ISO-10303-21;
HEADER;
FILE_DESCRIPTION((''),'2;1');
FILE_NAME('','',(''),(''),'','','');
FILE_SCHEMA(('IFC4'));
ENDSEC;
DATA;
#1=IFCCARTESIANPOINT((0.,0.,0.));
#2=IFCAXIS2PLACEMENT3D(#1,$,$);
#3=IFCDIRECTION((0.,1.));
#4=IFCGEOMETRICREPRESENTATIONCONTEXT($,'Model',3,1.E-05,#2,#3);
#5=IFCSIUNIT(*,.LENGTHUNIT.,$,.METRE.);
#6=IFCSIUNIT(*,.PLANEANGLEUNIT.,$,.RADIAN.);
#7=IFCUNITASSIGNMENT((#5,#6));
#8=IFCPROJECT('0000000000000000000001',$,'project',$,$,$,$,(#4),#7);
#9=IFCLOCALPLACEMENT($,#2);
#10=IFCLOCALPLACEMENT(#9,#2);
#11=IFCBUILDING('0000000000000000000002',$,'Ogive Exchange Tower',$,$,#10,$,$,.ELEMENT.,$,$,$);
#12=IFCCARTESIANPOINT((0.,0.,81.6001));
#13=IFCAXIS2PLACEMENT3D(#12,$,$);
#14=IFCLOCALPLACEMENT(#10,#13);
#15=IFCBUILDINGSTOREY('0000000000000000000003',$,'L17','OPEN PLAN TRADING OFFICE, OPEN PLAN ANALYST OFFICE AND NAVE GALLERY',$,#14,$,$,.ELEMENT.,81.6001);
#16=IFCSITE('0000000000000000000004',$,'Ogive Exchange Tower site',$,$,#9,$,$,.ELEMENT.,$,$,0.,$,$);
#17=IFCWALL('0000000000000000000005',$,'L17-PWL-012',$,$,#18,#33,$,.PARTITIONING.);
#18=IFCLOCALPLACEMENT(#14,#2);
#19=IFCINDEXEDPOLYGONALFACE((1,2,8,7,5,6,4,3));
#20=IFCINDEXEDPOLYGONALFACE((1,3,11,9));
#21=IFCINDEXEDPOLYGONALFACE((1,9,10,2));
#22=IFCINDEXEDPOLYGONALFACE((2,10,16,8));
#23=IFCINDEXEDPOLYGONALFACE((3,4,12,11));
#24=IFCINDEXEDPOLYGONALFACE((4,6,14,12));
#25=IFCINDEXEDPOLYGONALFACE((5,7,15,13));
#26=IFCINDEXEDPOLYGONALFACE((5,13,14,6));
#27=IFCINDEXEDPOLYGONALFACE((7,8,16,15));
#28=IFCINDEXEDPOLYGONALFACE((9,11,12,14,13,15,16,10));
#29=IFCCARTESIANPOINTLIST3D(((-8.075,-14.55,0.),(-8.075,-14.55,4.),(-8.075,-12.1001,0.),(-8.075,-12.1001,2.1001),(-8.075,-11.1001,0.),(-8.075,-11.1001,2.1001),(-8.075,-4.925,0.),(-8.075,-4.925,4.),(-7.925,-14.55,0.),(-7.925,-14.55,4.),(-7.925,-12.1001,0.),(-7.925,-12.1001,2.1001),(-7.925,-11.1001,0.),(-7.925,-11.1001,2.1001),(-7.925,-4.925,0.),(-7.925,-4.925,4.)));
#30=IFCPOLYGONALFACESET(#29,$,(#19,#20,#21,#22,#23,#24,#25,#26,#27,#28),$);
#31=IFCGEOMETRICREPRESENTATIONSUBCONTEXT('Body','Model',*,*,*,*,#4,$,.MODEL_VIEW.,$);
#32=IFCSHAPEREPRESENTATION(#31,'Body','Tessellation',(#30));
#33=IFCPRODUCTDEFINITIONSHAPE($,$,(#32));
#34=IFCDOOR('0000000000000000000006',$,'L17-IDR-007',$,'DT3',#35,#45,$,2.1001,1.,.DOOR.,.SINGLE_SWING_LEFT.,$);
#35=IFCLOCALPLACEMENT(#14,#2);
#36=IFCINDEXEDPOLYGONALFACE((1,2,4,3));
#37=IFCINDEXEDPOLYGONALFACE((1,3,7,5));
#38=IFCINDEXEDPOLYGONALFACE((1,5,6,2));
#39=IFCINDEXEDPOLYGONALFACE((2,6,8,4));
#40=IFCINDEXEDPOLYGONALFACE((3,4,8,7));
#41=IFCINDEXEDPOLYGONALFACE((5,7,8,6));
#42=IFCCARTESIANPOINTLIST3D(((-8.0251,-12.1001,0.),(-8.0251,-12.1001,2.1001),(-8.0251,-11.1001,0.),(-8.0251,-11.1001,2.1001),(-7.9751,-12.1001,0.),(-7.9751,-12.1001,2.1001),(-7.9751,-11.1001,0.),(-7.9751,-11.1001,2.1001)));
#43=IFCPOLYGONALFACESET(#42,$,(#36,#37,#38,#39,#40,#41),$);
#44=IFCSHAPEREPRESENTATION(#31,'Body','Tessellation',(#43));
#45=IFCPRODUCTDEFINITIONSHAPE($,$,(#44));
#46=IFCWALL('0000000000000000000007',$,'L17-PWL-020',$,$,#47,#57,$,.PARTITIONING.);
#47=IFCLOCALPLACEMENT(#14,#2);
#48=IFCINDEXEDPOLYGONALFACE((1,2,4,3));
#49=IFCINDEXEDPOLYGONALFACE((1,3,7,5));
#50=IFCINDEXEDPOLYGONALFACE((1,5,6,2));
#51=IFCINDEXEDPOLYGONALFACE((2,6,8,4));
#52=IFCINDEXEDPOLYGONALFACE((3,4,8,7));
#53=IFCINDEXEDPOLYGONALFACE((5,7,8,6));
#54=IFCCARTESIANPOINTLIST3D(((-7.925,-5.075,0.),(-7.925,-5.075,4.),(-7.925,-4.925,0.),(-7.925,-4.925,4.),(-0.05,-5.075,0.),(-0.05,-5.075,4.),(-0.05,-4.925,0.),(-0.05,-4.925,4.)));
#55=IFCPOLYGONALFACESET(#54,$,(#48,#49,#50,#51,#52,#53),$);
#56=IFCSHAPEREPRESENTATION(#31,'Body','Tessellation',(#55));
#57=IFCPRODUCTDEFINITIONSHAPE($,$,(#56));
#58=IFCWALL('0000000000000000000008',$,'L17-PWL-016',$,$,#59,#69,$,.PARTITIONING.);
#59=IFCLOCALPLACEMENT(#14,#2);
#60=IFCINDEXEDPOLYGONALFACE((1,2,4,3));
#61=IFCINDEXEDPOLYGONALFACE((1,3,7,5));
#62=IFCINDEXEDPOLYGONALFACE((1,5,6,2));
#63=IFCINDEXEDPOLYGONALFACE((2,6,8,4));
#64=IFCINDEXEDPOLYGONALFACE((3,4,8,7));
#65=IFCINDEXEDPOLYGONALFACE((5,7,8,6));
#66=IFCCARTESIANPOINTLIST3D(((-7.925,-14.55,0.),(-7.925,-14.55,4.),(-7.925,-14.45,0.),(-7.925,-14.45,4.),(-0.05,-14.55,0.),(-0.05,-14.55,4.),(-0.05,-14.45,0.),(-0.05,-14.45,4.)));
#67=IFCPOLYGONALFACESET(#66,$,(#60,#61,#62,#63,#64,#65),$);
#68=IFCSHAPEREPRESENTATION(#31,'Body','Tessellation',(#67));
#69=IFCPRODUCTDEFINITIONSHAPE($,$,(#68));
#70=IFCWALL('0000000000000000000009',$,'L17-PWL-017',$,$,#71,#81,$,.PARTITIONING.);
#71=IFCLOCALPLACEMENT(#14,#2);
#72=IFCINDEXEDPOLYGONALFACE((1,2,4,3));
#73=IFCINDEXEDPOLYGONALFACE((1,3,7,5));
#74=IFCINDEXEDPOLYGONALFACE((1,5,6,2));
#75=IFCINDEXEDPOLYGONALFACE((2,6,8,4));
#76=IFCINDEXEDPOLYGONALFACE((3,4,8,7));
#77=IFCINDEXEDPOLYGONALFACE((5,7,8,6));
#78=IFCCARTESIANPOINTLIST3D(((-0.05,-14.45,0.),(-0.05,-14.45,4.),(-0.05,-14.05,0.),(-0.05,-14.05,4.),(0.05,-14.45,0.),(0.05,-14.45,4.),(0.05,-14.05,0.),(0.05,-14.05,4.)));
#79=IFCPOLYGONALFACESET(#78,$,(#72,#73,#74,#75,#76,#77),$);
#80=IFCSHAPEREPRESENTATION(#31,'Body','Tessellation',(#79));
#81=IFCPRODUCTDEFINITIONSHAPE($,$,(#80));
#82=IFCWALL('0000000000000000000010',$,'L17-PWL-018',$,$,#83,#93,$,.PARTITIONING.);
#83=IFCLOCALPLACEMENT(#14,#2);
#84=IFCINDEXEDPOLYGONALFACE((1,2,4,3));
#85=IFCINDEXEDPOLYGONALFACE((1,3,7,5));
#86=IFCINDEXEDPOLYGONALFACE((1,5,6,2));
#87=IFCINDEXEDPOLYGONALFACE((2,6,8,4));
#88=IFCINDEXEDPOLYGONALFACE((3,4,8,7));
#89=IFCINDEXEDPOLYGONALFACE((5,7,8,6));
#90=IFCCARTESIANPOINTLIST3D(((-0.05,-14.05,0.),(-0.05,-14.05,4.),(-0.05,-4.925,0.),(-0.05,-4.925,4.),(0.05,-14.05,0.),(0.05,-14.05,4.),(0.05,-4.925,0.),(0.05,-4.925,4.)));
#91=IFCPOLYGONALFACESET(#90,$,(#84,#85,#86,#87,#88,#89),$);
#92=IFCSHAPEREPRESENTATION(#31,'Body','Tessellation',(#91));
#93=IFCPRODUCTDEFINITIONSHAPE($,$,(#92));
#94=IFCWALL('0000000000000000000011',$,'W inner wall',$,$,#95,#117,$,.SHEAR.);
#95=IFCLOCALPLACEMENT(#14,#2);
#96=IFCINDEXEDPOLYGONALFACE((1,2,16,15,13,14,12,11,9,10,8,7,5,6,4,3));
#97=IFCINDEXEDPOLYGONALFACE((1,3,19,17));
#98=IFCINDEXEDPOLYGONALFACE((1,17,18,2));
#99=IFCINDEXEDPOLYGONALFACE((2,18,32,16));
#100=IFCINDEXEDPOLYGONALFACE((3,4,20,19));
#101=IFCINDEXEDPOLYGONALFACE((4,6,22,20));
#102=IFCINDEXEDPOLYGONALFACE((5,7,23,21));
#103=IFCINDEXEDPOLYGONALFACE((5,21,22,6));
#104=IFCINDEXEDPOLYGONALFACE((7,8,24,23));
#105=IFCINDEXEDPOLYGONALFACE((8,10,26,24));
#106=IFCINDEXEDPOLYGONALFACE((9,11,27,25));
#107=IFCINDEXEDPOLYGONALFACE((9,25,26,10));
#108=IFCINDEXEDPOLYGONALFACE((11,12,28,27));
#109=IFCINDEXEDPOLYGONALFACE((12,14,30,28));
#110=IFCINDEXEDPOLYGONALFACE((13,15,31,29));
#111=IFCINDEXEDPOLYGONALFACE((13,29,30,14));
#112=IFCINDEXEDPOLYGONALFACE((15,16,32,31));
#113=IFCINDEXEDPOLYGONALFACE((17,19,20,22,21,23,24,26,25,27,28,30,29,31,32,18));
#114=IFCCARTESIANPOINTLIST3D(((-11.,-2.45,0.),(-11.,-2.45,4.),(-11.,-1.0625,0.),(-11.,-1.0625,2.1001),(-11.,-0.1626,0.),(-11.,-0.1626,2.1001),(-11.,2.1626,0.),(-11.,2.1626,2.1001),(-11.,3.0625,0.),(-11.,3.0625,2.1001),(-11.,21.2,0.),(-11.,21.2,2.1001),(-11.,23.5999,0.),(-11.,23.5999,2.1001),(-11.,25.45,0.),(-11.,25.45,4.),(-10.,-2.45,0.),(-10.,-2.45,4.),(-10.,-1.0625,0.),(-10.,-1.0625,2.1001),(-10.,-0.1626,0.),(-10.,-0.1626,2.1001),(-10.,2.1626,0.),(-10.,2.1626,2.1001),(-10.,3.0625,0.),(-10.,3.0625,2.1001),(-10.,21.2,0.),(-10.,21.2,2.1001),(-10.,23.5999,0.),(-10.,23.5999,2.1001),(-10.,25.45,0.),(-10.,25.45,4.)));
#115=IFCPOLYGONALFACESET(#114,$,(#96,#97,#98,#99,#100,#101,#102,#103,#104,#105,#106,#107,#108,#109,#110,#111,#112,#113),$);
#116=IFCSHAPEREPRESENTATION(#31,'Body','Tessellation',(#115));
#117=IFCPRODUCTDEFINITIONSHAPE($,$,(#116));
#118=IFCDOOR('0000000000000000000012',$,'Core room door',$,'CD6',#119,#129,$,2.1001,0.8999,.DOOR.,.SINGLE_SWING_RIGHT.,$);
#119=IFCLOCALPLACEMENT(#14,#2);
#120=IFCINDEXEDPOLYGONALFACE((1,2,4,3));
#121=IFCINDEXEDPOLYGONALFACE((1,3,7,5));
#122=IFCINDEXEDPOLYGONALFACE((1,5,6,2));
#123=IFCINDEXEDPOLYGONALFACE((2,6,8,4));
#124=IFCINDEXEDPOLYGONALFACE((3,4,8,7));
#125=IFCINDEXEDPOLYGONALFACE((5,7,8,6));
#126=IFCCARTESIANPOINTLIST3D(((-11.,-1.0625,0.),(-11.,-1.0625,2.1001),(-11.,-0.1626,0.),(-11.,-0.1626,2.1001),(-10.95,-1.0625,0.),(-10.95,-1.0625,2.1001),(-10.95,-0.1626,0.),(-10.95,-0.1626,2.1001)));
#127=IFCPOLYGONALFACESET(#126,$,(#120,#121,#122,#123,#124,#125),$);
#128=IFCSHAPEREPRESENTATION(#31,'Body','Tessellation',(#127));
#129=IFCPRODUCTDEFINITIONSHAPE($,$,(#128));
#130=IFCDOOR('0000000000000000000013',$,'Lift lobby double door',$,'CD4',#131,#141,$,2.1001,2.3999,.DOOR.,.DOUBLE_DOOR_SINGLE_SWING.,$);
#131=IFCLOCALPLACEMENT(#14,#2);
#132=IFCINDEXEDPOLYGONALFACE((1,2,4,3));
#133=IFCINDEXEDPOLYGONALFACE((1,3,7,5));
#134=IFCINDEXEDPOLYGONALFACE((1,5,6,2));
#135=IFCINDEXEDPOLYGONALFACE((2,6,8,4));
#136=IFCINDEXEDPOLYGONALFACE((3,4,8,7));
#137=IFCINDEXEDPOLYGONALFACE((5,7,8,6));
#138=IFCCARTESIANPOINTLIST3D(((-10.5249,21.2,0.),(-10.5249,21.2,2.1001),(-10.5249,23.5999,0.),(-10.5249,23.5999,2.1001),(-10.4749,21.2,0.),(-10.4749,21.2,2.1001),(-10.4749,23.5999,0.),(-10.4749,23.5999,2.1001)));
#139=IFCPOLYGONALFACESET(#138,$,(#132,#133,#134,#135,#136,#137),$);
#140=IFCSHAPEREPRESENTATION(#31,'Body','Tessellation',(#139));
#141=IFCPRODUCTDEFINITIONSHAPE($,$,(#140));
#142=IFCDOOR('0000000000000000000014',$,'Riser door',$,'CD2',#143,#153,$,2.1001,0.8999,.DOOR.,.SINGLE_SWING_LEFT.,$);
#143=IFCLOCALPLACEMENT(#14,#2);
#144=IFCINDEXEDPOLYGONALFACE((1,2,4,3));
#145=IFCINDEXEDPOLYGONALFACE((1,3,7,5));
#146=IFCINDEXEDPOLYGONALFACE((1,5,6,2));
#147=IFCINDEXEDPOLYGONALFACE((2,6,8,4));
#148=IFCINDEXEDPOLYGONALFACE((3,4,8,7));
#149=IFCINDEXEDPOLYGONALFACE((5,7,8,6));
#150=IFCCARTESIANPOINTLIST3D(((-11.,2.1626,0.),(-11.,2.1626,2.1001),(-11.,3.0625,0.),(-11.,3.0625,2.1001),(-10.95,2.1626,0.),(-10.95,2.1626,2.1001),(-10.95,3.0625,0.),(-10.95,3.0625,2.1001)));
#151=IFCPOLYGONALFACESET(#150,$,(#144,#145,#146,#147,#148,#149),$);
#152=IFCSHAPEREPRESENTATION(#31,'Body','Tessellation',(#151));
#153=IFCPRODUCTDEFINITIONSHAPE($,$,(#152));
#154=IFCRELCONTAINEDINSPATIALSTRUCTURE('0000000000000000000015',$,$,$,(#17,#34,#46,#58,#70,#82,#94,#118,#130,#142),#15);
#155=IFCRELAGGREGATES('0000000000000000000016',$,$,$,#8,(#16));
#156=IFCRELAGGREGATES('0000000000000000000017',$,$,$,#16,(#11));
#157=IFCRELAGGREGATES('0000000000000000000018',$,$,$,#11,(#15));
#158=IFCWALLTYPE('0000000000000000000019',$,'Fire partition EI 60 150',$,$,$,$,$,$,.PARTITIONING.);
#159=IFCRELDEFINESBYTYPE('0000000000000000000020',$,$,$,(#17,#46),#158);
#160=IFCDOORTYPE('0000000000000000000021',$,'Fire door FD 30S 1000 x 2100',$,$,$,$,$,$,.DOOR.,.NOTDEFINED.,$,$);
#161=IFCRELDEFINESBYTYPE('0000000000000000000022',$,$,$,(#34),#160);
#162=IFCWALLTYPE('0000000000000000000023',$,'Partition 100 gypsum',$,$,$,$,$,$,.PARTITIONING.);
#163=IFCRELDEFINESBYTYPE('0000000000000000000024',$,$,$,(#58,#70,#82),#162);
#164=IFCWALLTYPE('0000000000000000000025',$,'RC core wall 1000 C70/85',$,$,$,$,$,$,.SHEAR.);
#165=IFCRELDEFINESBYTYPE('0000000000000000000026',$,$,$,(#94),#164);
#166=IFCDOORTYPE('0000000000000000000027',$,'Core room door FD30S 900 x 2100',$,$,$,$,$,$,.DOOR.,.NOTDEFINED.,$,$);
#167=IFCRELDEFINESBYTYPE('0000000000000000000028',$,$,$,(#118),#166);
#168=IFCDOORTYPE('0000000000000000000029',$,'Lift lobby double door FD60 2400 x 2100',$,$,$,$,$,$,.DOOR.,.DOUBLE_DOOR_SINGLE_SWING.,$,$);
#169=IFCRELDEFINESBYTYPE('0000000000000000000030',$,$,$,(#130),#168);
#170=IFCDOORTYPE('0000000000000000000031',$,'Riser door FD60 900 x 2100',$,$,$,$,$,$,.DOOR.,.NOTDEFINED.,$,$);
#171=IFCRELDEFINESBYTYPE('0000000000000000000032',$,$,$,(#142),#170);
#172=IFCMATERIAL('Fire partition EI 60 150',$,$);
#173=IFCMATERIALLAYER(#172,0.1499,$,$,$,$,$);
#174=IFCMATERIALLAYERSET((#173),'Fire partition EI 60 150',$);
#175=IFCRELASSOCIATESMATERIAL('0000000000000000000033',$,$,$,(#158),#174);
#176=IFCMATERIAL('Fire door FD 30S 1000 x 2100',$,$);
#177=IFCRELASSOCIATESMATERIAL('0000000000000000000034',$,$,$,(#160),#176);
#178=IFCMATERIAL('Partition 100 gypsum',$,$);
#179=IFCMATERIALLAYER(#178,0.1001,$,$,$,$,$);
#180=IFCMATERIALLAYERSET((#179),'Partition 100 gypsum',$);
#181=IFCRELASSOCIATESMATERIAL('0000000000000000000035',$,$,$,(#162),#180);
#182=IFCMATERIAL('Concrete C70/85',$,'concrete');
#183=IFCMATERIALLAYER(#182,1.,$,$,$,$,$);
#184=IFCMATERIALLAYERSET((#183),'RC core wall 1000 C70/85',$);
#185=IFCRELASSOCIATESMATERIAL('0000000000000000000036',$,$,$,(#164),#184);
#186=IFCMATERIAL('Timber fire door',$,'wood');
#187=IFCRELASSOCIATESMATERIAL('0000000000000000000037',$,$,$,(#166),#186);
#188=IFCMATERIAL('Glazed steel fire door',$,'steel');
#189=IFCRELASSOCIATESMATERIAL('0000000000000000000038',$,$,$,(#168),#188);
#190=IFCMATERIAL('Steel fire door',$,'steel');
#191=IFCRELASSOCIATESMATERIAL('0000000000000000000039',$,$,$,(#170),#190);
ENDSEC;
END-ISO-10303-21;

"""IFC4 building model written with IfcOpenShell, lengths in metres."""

from ifc_helpers import new_model, si_unit, direction, frame, frame_2d, origin, place, context, subcontext, project, spatial, rectangle, extrude, material, layer, layer_set, type_object, element, fill, save


model = new_model("IFC4")

# Units and contexts
model_context = context("Model", 3, precision=1e-05, world=origin(), true_north=direction((0.0, 1.0)))
body_context = subcontext(model_context, "Body", "Model", "MODEL_VIEW")
ifc_project = project(units=[si_unit("LENGTHUNIT", "METRE"), si_unit("PLANEANGLEUNIT", "RADIAN")], contexts=[model_context])

# Site, building, storey
site_placement = place(None, origin())
site = spatial("IfcSite", under=ifc_project, at=site_placement, Name="Ogive Exchange Tower site", CompositionType="ELEMENT", RefElevation=0.0)
building_placement = place(site_placement, origin())
building = spatial("IfcBuilding", under=site, at=building_placement, Name="Ogive Exchange Tower", CompositionType="ELEMENT")
storey_placement = place(building_placement, frame((0.0, 0.0, 81.6001)))
storey = spatial("IfcBuildingStorey", under=building, at=storey_placement, Name="L17", Description="OPEN PLAN TRADING OFFICE, OPEN PLAN ANALYST OFFICE AND NAVE GALLERY", CompositionType="ELEMENT", Elevation=81.6001)

# Wall, opening, door
ifc_material_1 = material(Name="Fire partition EI 60 150")
ifc_layer_1 = layer(ifc_material_1, 0.1499)
ifc_layer_set_1 = layer_set([ifc_layer_1], Name="Fire partition EI 60 150")
wall_type_1 = type_object("IfcWallType", Name="Fire partition EI 60 150", PredefinedType="PARTITIONING", material=ifc_layer_set_1)
wall_1_placement = place(storey_placement, frame((-8.0, -4.925, 0.0), z_axis=(0.0, 0.0, 1.0), x_axis=(0.0, -1.0, 0.0)))
wall_1 = element("IfcWall", 1, at=wall_1_placement, inside=storey, type_object=wall_type_1, Name="L17-PWL-012", PredefinedType="PARTITIONING", context=body_context, shape_type="SweptSolid", body=[
    extrude(rectangle(XDim=9.625, YDim=0.1499, at=frame_2d((4.8125, 0.0))), origin(), (0.0, 0.0, 1.0), 4.0),
])
opening_1_placement = place(wall_1_placement, frame((6.175, 0.0, 0.0)))
opening_1 = element("IfcOpeningElement", 2, at=opening_1_placement, cuts=wall_1, PredefinedType="OPENING", context=body_context, shape_type="SweptSolid", body=[
    extrude(rectangle(XDim=1.0, YDim=2.1001, at=frame_2d((0.5, 1.05))), frame((0.0, 0.085, 0.0), z_axis=(0.0, -1.0, 0.0), x_axis=(1.0, 0.0, 0.0)), (0.0, 0.0, 1.0), 0.1699),
])
ifc_material_2 = material(Name="Fire door FD 30S 1000 x 2100")
door_type_1 = type_object("IfcDoorType", Name="Fire door FD 30S 1000 x 2100", OperationType="NOTDEFINED", PredefinedType="DOOR", material=ifc_material_2)
door_1_placement = place(opening_1_placement, origin())
door_1 = element("IfcDoor", 3, at=door_1_placement, inside=storey, type_object=door_type_1, Name="L17-IDR-007", ObjectType="DT3", OperationType="SINGLE_SWING_LEFT", OverallHeight=2.1001, OverallWidth=1.0, PredefinedType="DOOR", context=body_context, shape_type="SweptSolid", body=[
    extrude(rectangle(XDim=1.0, YDim=2.1001, at=frame_2d((0.5, 1.05))), frame((0.0, 0.0249, 0.0), z_axis=(0.0, -1.0, 0.0), x_axis=(1.0, 0.0, 0.0)), (0.0, 0.0, 1.0), 0.05),
])
fill(opening_1, door_1)

# Walls
wall_2_placement = place(storey_placement, frame((-0.05, -5.0, 0.0), z_axis=(0.0, 0.0, 1.0), x_axis=(-1.0, 0.0, 0.0)))
element("IfcWall", 4, at=wall_2_placement, inside=storey, type_object=wall_type_1, Name="L17-PWL-020", PredefinedType="PARTITIONING", context=body_context, shape_type="SweptSolid", body=[
    extrude(rectangle(XDim=7.875, YDim=0.1499, at=frame_2d((3.9375, 0.0))), origin(), (0.0, 0.0, 1.0), 4.0),
])
ifc_material_3 = material(Name="Partition 100 gypsum")
ifc_layer_2 = layer(ifc_material_3, 0.1001)
ifc_layer_set_2 = layer_set([ifc_layer_2], Name="Partition 100 gypsum")
wall_type_2 = type_object("IfcWallType", Name="Partition 100 gypsum", PredefinedType="PARTITIONING", material=ifc_layer_set_2)
wall_3_placement = place(storey_placement, frame((-0.05, -14.5, 0.0), z_axis=(0.0, 0.0, 1.0), x_axis=(-1.0, 0.0, 0.0)))
element("IfcWall", 5, at=wall_3_placement, inside=storey, type_object=wall_type_2, Name="L17-PWL-016", PredefinedType="PARTITIONING", context=body_context, shape_type="SweptSolid", body=[
    extrude(rectangle(XDim=7.875, YDim=0.1001, at=frame_2d((3.9375, 0.0))), origin(), (0.0, 0.0, 1.0), 4.0),
])
wall_4_placement = place(storey_placement, frame((0.0, -14.45, 0.0), z_axis=(0.0, 0.0, 1.0), x_axis=(0.0, 1.0, 0.0)))
element("IfcWall", 6, at=wall_4_placement, inside=storey, type_object=wall_type_2, Name="L17-PWL-017", PredefinedType="PARTITIONING", context=body_context, shape_type="SweptSolid", body=[
    extrude(rectangle(XDim=0.3999, YDim=0.1001, at=frame_2d((0.2, 0.0))), origin(), (0.0, 0.0, 1.0), 4.0),
])
wall_5_placement = place(storey_placement, frame((0.0, -14.05, 0.0), z_axis=(0.0, 0.0, 1.0), x_axis=(0.0, 1.0, 0.0)))
element("IfcWall", 7, at=wall_5_placement, inside=storey, type_object=wall_type_2, Name="L17-PWL-018", PredefinedType="PARTITIONING", context=body_context, shape_type="SweptSolid", body=[
    extrude(rectangle(XDim=9.125, YDim=0.1001, at=frame_2d((4.5625, 0.0))), origin(), (0.0, 0.0, 1.0), 4.0),
])

# Wall, openings, doors
ifc_material_4 = material(Name="Concrete C70/85", Category="concrete")
ifc_layer_3 = layer(ifc_material_4, 1.0)
ifc_layer_set_3 = layer_set([ifc_layer_3], Name="RC core wall 1000 C70/85")
wall_type_3 = type_object("IfcWallType", Name="RC core wall 1000 C70/85", PredefinedType="SHEAR", material=ifc_layer_set_3)
wall_6_placement = place(storey_placement, frame((-10.5, -2.45, 0.0), z_axis=(0.0, 0.0, 1.0), x_axis=(0.0, 1.0, 0.0)))
wall_6 = element("IfcWall", 8, at=wall_6_placement, inside=storey, type_object=wall_type_3, Name="W inner wall", PredefinedType="SHEAR", context=body_context, shape_type="SweptSolid", body=[
    extrude(rectangle(XDim=27.8999, YDim=1.0, at=frame_2d((13.95, 0.0))), origin(), (0.0, 0.0, 1.0), 4.0),
])
opening_2_placement = place(wall_6_placement, frame((23.6499, 0.0, 0.0)))
opening_2 = element("IfcOpeningElement", 9, at=opening_2_placement, cuts=wall_6, PredefinedType="OPENING", context=body_context, shape_type="SweptSolid", body=[
    extrude(rectangle(XDim=2.3999, YDim=2.1001, at=frame_2d((1.2, 1.05))), frame((0.0, 0.51, 0.0), z_axis=(0.0, -1.0, 0.0), x_axis=(1.0, 0.0, 0.0)), (0.0, 0.0, 1.0), 1.02),
])
opening_3_placement = place(wall_6_placement, frame((1.3875, 0.0, 0.0)))
opening_3 = element("IfcOpeningElement", 10, at=opening_3_placement, cuts=wall_6, PredefinedType="OPENING", context=body_context, shape_type="SweptSolid", body=[
    extrude(rectangle(XDim=0.8999, YDim=2.1001, at=frame_2d((0.45, 1.05))), frame((0.0, 0.51, 0.0), z_axis=(0.0, -1.0, 0.0), x_axis=(1.0, 0.0, 0.0)), (0.0, 0.0, 1.0), 1.02),
])
opening_4_placement = place(wall_6_placement, frame((4.6125, 0.0, 0.0)))
opening_4 = element("IfcOpeningElement", 11, at=opening_4_placement, cuts=wall_6, PredefinedType="OPENING", context=body_context, shape_type="SweptSolid", body=[
    extrude(rectangle(XDim=0.8999, YDim=2.1001, at=frame_2d((0.45, 1.05))), frame((0.0, 0.51, 0.0), z_axis=(0.0, -1.0, 0.0), x_axis=(1.0, 0.0, 0.0)), (0.0, 0.0, 1.0), 1.02),
])
ifc_material_5 = material(Name="Timber fire door", Category="wood")
door_type_2 = type_object("IfcDoorType", Name="Core room door FD30S 900 x 2100", OperationType="NOTDEFINED", PredefinedType="DOOR", material=ifc_material_5)
door_2_placement = place(opening_3_placement, origin())
door_2 = element("IfcDoor", 12, at=door_2_placement, inside=storey, type_object=door_type_2, Name="Core room door", ObjectType="CD6", OperationType="SINGLE_SWING_RIGHT", OverallHeight=2.1001, OverallWidth=0.8999, PredefinedType="DOOR", context=body_context, shape_type="SweptSolid", body=[
    extrude(rectangle(XDim=0.8999, YDim=2.1001, at=frame_2d((0.45, 1.05))), frame((0.0, 0.5, 0.0), z_axis=(0.0, -1.0, 0.0), x_axis=(1.0, 0.0, 0.0)), (0.0, 0.0, 1.0), 0.05),
])
fill(opening_3, door_2)
ifc_material_6 = material(Name="Glazed steel fire door", Category="steel")
door_type_3 = type_object("IfcDoorType", Name="Lift lobby double door FD60 2400 x 2100", OperationType="DOUBLE_DOOR_SINGLE_SWING", PredefinedType="DOOR", material=ifc_material_6)
door_3_placement = place(opening_2_placement, origin())
door_3 = element("IfcDoor", 13, at=door_3_placement, inside=storey, type_object=door_type_3, Name="Lift lobby double door", ObjectType="CD4", OperationType="DOUBLE_DOOR_SINGLE_SWING", OverallHeight=2.1001, OverallWidth=2.3999, PredefinedType="DOOR", context=body_context, shape_type="SweptSolid", body=[
    extrude(rectangle(XDim=2.3999, YDim=2.1001, at=frame_2d((1.2, 1.05))), frame((0.0, 0.0249, 0.0), z_axis=(0.0, -1.0, 0.0), x_axis=(1.0, 0.0, 0.0)), (0.0, 0.0, 1.0), 0.05),
])
fill(opening_2, door_3)
ifc_material_7 = material(Name="Steel fire door", Category="steel")
door_type_4 = type_object("IfcDoorType", Name="Riser door FD60 900 x 2100", OperationType="NOTDEFINED", PredefinedType="DOOR", material=ifc_material_7)
door_4_placement = place(opening_4_placement, origin())
door_4 = element("IfcDoor", 14, at=door_4_placement, inside=storey, type_object=door_type_4, Name="Riser door", ObjectType="CD2", OperationType="SINGLE_SWING_LEFT", OverallHeight=2.1001, OverallWidth=0.8999, PredefinedType="DOOR", context=body_context, shape_type="SweptSolid", body=[
    extrude(rectangle(XDim=0.8999, YDim=2.1001, at=frame_2d((0.45, 1.05))), frame((0.0, 0.5, 0.0), z_axis=(0.0, -1.0, 0.0), x_axis=(1.0, 0.0, 0.0)), (0.0, 0.0, 1.0), 0.05),
])
fill(opening_4, door_4)

save(model, "model.ifc")
